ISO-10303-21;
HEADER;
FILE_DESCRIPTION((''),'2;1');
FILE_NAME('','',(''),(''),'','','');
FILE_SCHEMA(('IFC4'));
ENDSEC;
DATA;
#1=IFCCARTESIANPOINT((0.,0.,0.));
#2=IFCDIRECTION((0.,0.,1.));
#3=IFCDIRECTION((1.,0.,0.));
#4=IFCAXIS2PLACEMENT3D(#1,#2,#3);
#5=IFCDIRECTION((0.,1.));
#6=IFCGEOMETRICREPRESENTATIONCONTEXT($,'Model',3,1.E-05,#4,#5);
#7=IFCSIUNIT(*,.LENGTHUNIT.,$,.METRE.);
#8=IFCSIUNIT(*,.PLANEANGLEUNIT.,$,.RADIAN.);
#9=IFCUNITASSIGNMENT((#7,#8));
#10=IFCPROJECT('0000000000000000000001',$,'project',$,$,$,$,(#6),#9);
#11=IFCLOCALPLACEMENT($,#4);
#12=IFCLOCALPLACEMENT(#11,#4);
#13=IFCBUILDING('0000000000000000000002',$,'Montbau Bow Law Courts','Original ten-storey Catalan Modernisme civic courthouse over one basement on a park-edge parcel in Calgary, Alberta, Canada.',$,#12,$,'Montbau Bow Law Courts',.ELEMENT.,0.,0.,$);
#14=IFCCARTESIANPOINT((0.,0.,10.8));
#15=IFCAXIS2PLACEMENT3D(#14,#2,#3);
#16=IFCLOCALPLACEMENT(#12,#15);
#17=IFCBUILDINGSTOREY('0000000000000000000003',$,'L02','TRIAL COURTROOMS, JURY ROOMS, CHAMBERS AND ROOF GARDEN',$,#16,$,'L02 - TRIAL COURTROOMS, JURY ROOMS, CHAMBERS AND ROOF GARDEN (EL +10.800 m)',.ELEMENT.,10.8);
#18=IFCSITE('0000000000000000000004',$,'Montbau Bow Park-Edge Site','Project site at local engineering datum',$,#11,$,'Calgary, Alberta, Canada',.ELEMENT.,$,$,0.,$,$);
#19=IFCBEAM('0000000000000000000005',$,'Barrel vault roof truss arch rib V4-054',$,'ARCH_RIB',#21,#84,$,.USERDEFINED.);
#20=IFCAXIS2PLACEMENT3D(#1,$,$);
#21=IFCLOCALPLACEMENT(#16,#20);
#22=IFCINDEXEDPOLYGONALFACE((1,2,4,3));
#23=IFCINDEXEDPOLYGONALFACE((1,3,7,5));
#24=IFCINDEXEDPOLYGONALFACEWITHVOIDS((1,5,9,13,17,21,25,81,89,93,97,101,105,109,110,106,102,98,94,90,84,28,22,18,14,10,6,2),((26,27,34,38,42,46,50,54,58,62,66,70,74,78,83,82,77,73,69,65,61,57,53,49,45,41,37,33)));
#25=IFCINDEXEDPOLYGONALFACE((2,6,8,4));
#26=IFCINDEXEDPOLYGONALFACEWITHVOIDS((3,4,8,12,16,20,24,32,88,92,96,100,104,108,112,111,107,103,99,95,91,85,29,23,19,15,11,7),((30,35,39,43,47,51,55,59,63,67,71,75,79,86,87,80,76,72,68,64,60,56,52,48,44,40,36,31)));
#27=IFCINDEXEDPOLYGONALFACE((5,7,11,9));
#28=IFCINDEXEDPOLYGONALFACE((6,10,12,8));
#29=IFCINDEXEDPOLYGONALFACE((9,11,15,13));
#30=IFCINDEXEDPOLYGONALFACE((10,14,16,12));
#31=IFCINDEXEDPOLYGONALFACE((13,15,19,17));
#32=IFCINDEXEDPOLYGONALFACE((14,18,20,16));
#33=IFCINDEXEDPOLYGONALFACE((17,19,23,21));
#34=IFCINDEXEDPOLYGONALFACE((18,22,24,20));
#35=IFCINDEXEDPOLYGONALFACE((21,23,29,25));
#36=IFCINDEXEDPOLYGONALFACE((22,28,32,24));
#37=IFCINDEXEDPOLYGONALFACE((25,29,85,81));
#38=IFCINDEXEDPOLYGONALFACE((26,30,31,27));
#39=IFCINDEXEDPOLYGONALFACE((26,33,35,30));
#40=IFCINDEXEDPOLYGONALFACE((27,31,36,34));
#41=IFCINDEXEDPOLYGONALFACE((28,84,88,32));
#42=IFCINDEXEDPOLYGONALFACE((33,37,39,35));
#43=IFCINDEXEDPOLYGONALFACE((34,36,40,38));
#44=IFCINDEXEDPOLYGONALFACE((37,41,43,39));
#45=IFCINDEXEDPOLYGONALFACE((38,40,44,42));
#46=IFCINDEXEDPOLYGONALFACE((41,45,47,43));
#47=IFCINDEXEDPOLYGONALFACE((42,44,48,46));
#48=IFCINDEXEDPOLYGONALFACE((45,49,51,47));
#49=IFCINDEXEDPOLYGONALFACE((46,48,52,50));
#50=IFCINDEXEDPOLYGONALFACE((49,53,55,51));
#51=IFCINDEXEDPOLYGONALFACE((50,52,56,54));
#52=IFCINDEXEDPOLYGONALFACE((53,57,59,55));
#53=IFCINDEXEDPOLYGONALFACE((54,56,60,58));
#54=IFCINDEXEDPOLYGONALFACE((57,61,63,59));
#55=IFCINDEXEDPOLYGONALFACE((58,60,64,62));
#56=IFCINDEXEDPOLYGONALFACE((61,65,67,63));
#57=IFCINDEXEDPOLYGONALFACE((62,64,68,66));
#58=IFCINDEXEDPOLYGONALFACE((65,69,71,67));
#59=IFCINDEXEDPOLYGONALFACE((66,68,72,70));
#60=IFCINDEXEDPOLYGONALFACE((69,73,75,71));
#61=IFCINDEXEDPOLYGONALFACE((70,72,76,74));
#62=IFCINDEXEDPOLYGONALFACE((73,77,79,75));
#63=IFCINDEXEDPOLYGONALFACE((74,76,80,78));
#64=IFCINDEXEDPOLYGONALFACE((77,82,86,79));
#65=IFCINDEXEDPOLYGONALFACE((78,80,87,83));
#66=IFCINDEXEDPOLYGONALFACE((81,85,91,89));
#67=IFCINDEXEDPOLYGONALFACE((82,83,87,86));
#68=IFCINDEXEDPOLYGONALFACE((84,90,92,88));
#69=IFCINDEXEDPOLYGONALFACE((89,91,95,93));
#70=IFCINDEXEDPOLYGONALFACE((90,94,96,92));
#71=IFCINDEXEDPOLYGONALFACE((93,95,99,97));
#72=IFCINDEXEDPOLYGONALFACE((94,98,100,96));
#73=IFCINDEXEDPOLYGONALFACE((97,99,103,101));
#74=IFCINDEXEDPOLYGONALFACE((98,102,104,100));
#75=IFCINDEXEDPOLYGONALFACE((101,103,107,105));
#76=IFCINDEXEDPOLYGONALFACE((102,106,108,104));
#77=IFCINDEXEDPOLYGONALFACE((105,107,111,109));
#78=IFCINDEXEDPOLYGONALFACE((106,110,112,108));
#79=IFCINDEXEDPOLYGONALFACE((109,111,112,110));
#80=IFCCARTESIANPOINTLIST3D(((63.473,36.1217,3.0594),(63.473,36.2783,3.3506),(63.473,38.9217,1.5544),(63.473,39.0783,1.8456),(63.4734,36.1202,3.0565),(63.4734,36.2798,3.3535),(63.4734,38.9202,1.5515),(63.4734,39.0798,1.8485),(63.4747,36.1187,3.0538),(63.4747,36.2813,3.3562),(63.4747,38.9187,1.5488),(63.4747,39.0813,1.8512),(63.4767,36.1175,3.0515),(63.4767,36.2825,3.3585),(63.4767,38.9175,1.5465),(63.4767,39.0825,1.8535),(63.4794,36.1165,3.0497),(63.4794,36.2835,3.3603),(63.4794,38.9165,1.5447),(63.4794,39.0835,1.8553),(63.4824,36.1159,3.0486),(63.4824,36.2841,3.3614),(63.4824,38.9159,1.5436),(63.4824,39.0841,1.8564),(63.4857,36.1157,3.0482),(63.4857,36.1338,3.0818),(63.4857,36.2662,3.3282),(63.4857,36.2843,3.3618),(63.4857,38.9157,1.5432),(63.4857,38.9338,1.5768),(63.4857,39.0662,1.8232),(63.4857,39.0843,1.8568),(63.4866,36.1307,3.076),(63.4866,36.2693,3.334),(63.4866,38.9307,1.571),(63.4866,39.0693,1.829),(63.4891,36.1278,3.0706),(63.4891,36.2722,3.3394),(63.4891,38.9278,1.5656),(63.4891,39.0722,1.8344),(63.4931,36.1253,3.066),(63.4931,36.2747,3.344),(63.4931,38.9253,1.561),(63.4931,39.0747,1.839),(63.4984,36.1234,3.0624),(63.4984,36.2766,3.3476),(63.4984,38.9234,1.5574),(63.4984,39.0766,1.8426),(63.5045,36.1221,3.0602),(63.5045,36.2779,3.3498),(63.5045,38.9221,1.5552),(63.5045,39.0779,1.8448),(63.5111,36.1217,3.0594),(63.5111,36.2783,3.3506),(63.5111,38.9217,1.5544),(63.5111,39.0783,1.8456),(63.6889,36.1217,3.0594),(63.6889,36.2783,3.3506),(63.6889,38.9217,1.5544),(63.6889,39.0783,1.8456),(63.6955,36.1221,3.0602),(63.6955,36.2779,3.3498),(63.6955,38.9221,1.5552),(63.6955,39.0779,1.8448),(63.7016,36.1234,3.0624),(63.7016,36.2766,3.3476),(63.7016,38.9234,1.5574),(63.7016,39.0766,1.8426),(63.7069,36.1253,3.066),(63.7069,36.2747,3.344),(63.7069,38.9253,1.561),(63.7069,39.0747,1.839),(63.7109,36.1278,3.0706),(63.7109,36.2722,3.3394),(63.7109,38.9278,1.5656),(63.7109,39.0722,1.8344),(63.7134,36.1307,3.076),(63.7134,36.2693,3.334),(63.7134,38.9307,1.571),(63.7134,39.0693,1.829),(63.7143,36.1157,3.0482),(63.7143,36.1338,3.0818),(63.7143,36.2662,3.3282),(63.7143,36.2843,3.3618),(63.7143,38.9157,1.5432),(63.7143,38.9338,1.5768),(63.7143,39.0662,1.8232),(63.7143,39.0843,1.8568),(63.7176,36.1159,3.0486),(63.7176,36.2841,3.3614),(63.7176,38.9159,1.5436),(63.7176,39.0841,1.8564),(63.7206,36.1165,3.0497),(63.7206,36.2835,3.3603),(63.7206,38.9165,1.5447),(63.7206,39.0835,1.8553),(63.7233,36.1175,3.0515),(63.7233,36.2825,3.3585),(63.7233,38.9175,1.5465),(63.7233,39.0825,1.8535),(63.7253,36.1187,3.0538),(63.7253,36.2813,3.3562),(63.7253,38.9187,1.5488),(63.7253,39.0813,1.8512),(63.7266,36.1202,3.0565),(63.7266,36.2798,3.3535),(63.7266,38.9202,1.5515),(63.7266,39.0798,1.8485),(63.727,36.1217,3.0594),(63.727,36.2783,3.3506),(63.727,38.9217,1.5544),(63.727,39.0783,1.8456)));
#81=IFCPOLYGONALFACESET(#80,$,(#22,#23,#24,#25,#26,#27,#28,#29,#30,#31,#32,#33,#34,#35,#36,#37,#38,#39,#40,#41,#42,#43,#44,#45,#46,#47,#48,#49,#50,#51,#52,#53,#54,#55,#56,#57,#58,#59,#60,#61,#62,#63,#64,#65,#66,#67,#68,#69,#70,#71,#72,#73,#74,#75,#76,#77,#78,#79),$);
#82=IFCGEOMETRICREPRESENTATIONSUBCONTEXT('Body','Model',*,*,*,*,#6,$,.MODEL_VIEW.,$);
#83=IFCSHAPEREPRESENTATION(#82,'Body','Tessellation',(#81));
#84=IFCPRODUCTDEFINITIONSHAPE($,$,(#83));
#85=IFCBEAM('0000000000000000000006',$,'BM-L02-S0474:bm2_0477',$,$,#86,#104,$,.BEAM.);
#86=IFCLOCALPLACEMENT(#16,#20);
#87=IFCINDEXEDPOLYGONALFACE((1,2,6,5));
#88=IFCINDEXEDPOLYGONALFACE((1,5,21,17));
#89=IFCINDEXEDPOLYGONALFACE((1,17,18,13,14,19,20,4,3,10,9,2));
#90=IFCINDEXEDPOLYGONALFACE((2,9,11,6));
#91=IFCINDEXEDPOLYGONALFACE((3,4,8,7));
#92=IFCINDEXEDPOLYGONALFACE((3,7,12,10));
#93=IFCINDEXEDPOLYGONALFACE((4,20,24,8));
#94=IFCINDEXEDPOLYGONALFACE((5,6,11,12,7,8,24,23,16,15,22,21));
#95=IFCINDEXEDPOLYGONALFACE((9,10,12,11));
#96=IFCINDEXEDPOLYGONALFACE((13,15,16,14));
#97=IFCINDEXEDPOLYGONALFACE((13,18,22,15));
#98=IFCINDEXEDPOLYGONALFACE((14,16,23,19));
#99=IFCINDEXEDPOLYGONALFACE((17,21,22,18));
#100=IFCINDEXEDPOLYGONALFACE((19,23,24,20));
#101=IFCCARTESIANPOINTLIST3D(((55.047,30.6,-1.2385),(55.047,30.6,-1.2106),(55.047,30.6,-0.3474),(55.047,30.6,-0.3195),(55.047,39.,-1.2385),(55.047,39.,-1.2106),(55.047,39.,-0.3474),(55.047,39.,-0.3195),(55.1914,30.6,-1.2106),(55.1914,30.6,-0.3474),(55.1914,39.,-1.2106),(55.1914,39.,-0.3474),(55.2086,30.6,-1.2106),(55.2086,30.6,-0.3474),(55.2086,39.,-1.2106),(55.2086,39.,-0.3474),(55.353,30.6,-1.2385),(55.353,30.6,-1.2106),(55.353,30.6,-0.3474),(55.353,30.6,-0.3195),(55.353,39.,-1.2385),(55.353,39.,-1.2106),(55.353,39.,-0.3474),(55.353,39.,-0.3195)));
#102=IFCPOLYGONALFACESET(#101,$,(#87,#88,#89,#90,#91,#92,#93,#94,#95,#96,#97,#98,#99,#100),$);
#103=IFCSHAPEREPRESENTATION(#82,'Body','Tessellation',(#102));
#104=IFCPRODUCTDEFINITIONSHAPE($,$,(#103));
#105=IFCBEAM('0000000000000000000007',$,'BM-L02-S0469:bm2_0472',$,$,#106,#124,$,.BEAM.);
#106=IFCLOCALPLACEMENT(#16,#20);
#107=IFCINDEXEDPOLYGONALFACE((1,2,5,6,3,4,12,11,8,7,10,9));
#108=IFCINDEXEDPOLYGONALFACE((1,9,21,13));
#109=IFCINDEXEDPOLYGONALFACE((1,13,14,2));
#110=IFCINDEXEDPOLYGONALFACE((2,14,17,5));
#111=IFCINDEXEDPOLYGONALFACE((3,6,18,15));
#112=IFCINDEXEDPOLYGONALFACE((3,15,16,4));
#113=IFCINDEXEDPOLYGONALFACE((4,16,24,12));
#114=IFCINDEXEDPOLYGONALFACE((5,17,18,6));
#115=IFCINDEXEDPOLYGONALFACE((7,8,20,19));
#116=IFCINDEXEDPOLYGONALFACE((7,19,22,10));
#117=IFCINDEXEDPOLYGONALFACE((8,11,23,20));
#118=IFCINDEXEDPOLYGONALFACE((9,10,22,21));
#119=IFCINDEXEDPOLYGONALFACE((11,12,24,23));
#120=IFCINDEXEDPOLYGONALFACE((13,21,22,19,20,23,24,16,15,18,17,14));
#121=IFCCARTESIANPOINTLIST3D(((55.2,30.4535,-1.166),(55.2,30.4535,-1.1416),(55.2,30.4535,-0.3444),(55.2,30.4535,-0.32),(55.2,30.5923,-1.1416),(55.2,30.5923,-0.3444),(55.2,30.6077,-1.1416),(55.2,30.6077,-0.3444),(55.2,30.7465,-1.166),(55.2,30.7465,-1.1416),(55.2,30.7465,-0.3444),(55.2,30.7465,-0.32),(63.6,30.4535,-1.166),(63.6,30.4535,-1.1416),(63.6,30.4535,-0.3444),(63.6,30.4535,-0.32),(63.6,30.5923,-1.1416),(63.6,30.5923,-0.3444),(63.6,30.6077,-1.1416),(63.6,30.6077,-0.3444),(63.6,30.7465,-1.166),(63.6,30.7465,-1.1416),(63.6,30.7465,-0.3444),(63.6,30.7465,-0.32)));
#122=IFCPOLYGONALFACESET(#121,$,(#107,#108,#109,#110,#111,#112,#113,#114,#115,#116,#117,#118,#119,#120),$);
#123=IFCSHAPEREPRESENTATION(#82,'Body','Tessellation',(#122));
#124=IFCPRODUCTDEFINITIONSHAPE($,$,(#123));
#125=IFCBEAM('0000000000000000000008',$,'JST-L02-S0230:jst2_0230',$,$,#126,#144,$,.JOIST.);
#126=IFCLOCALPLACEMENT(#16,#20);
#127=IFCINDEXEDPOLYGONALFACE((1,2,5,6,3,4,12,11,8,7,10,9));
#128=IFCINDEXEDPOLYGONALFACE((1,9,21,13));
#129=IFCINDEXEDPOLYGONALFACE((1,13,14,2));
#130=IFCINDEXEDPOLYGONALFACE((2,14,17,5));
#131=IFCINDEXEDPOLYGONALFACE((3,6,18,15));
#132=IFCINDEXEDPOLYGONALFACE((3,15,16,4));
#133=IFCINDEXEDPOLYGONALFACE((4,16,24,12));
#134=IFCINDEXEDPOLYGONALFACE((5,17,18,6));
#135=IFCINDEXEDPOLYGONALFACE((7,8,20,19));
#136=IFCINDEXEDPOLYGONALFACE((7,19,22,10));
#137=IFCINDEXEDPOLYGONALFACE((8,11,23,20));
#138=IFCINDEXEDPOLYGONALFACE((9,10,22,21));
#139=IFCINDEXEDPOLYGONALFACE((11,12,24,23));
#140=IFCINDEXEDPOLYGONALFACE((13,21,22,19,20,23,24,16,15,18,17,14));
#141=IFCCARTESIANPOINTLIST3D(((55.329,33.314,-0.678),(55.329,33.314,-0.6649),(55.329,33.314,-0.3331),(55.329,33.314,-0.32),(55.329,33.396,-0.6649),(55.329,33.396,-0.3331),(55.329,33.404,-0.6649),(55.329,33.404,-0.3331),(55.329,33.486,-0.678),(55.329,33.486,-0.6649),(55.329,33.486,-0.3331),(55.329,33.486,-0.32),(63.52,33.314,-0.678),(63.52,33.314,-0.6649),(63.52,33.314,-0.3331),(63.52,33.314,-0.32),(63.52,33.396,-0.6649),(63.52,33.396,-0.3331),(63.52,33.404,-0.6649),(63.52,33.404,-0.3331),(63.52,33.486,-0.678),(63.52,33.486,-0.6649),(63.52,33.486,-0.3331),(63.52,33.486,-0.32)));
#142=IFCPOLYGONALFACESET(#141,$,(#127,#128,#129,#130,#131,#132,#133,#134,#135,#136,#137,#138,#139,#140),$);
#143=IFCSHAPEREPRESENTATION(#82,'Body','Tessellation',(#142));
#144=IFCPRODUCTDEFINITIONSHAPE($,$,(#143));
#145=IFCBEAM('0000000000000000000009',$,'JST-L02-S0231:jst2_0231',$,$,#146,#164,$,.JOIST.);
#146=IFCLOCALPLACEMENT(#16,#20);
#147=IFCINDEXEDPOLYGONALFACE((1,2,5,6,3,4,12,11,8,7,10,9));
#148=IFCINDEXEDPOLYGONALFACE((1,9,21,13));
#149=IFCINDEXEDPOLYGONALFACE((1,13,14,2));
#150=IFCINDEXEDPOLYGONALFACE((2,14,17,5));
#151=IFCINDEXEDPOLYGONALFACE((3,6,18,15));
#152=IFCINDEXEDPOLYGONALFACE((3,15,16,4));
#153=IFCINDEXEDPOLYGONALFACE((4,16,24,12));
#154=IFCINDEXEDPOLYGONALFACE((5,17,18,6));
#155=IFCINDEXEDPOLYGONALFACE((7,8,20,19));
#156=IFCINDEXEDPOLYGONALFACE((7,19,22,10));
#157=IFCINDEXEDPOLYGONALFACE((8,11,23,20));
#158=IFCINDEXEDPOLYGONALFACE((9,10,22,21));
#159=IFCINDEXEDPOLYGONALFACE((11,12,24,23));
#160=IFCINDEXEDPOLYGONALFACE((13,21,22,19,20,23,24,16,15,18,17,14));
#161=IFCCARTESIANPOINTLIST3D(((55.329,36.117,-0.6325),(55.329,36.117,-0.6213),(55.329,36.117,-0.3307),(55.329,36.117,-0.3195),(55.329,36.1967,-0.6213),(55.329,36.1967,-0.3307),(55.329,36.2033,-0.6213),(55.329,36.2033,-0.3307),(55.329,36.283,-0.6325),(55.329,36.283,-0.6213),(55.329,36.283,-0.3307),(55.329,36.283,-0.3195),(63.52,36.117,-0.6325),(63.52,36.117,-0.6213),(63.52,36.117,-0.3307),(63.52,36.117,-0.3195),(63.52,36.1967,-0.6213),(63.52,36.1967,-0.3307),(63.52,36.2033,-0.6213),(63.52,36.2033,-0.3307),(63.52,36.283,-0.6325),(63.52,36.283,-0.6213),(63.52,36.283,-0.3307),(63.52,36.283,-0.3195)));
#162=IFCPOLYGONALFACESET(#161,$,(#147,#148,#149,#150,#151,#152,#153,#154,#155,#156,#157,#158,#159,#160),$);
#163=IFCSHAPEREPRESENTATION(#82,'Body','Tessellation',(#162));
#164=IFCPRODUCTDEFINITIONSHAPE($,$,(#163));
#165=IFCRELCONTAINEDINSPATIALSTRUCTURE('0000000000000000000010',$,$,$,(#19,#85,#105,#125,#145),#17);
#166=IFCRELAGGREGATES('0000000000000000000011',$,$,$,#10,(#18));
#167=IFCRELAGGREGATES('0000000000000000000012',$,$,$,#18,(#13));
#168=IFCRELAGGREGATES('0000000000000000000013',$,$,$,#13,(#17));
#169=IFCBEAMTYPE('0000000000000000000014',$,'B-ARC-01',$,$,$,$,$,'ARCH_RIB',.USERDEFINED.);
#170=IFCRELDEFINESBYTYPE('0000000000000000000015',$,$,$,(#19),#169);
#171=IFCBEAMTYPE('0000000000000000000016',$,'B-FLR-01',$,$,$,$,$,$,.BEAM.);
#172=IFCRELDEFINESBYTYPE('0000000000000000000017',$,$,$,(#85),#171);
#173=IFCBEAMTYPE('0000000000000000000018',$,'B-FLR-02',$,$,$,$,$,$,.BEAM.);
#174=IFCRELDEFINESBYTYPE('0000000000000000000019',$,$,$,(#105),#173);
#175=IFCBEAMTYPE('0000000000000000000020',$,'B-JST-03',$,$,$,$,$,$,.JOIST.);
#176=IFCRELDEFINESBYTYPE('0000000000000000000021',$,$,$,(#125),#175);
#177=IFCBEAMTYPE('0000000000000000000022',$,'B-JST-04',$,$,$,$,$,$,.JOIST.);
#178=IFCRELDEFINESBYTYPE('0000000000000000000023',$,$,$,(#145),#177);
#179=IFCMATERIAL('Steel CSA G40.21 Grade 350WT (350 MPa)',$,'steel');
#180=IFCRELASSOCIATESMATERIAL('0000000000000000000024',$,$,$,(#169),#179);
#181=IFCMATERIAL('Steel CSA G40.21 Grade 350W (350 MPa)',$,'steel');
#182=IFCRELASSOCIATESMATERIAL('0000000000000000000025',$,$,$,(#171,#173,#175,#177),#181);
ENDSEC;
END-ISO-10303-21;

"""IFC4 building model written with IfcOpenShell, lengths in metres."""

from ifc_helpers import new_model, si_unit, direction, frame, origin_with_axes, origin_2d_with_axis, place, context, subcontext, project, spatial, hollow_rectangle, i_section, extrude, material, material_profile, profile_set, type_object, element, save


model = new_model("IFC4")

# Units and contexts
model_context = context("Model", 3, precision=1e-05, world=origin_with_axes(), true_north=direction((0.0, 1.0)))
body_context = subcontext(model_context, "Body", "Model", "MODEL_VIEW")
ifc_project = project(units=[si_unit("LENGTHUNIT", "METRE"), si_unit("PLANEANGLEUNIT", "RADIAN")], contexts=[model_context])

# Site, building, storey
site_placement = place(None, origin_with_axes())
site = spatial("IfcSite", under=ifc_project, at=site_placement, Name="Montbau Bow Park-Edge Site", Description="Project site at local engineering datum", LongName="Calgary, Alberta, Canada", CompositionType="ELEMENT", RefElevation=0.0)
building_placement = place(site_placement, origin_with_axes())
building = spatial("IfcBuilding", under=site, at=building_placement, Name="Montbau Bow Law Courts", Description="Original ten-storey Catalan Modernisme civic courthouse over one basement on a park-edge parcel in Calgary, Alberta, Canada.", LongName="Montbau Bow Law Courts", CompositionType="ELEMENT", ElevationOfRefHeight=0.0, ElevationOfTerrain=0.0)
storey_placement = place(building_placement, frame((0.0, 0.0, 10.8), z_axis=(0.0, 0.0, 1.0), x_axis=(1.0, 0.0, 0.0)))
storey = spatial("IfcBuildingStorey", under=building, at=storey_placement, Name="L02", Description="TRIAL COURTROOMS, JURY ROOMS, CHAMBERS AND ROOF GARDEN", LongName="L02 - TRIAL COURTROOMS, JURY ROOMS, CHAMBERS AND ROOF GARDEN (EL +10.800 m)", CompositionType="ELEMENT", Elevation=10.8)

# Beams
ifc_material_1 = material(Name="Steel CSA G40.21 Grade 350WT (350 MPa)", Category="steel")
ifc_material_profile_1 = material_profile(ifc_material_1, hollow_rectangle(XDim=0.254, YDim=0.356, WallThickness=0.0127, InnerFilletRadius=0.0254, OuterFilletRadius=0.0127, at=origin_2d_with_axis()), Name="HSS356X254X13", Category="Main", Priority=0)
ifc_profile_set_1 = profile_set([ifc_material_profile_1], Name="Steel CSA G40.21 Grade 350WT (350 MPa)")
beam_type_1 = type_object("IfcBeamType", Name="B-ARC-01", ElementType="ARCH_RIB", PredefinedType="USERDEFINED", material=ifc_profile_set_1)
beam_1_placement = place(None, frame((63.6, 36.2, 14.005), z_axis=(0.0, 0.880824, -0.473443), x_axis=(-1.0, 0.0, 0.0)))
element("IfcBeam", 1, at=beam_1_placement, inside=storey, type_object=beam_type_1, Name="Barrel vault roof truss arch rib V4-054", ObjectType="ARCH_RIB", PredefinedType="USERDEFINED", context=body_context, shape_type="SweptSolid", body=[
    extrude(hollow_rectangle(XDim=0.254, YDim=0.356, WallThickness=0.0127, InnerFilletRadius=0.0254, OuterFilletRadius=0.0127, at=origin_2d_with_axis()), origin_with_axes(), (0.0, 0.0, 1.0), 3.1788),
])
ifc_material_2 = material(Name="Steel CSA G40.21 Grade 350W (350 MPa)", Category="steel")
ifc_material_profile_2 = material_profile(ifc_material_2, i_section(OverallWidth=0.306, OverallDepth=0.919, WebThickness=0.0173, FlangeThickness=0.0279, at=origin_2d_with_axis()), Name="W920X253", Category="Main", Priority=0)
ifc_profile_set_2 = profile_set([ifc_material_profile_2], Name="Steel CSA G40.21 Grade 350W (350 MPa)")
beam_type_2 = type_object("IfcBeamType", Name="B-FLR-01", PredefinedType="BEAM", material=ifc_profile_set_2)
beam_2_placement = place(None, frame((55.2, 30.6, 10.021), z_axis=(0.0, 1.0, 0.0), x_axis=(-1.0, 0.0, 0.0)))
element("IfcBeam", 2, at=beam_2_placement, inside=storey, type_object=beam_type_2, Name="BM-L02-S0474:bm2_0477", PredefinedType="BEAM", context=body_context, shape_type="SweptSolid", body=[
    extrude(i_section(OverallWidth=0.306, OverallDepth=0.919, WebThickness=0.0173, FlangeThickness=0.0279, at=origin_2d_with_axis()), origin_with_axes(), (0.0, 0.0, 1.0), 8.4),
])
ifc_material_profile_3 = material_profile(ifc_material_2, i_section(OverallWidth=0.293, OverallDepth=0.846, WebThickness=0.0154, FlangeThickness=0.0244, at=origin_2d_with_axis()), Name="W840X210", Category="Main", Priority=0)
ifc_profile_set_3 = profile_set([ifc_material_profile_3], Name="Steel CSA G40.21 Grade 350W (350 MPa)")
beam_type_3 = type_object("IfcBeamType", Name="B-FLR-02", PredefinedType="BEAM", material=ifc_profile_set_3)
beam_3_placement = place(None, frame((55.2, 30.6, 10.057), z_axis=(1.0, 0.0, 0.0), x_axis=(0.0, 1.0, 0.0)))
element("IfcBeam", 3, at=beam_3_placement, inside=storey, type_object=beam_type_3, Name="BM-L02-S0469:bm2_0472", PredefinedType="BEAM", context=body_context, shape_type="SweptSolid", body=[
    extrude(i_section(OverallWidth=0.293, OverallDepth=0.846, WebThickness=0.0154, FlangeThickness=0.0244, at=origin_2d_with_axis()), origin_with_axes(), (0.0, 0.0, 1.0), 8.4),
])
ifc_material_profile_4 = material_profile(ifc_material_2, i_section(OverallWidth=0.172, OverallDepth=0.358, WebThickness=0.0079, FlangeThickness=0.0131, at=origin_2d_with_axis()), Name="W360X57", Category="Main", Priority=0)
ifc_profile_set_4 = profile_set([ifc_material_profile_4], Name="Steel CSA G40.21 Grade 350W (350 MPa)")
beam_type_4 = type_object("IfcBeamType", Name="B-JST-03", PredefinedType="JOIST", material=ifc_profile_set_4)
beam_4_placement = place(None, frame((55.329, 33.4, 10.301), z_axis=(1.0, 0.0, 0.0), x_axis=(0.0, 1.0, 0.0)))
element("IfcBeam", 4, at=beam_4_placement, inside=storey, type_object=beam_type_4, Name="JST-L02-S0230:jst2_0230", PredefinedType="JOIST", context=body_context, shape_type="SweptSolid", body=[
    extrude(i_section(OverallWidth=0.172, OverallDepth=0.358, WebThickness=0.0079, FlangeThickness=0.0131, at=origin_2d_with_axis()), origin_with_axes(), (0.0, 0.0, 1.0), 8.191),
])
ifc_material_profile_5 = material_profile(ifc_material_2, i_section(OverallWidth=0.166, OverallDepth=0.313, WebThickness=0.0066, FlangeThickness=0.0112, at=origin_2d_with_axis()), Name="W310X45", Category="Main", Priority=0)
ifc_profile_set_5 = profile_set([ifc_material_profile_5], Name="Steel CSA G40.21 Grade 350W (350 MPa)")
beam_type_5 = type_object("IfcBeamType", Name="B-JST-04", PredefinedType="JOIST", material=ifc_profile_set_5)
beam_5_placement = place(None, frame((55.329, 36.2, 10.324), z_axis=(1.0, 0.0, 0.0), x_axis=(0.0, 1.0, 0.0)))
element("IfcBeam", 5, at=beam_5_placement, inside=storey, type_object=beam_type_5, Name="JST-L02-S0231:jst2_0231", PredefinedType="JOIST", context=body_context, shape_type="SweptSolid", body=[
    extrude(i_section(OverallWidth=0.166, OverallDepth=0.313, WebThickness=0.0066, FlangeThickness=0.0112, at=origin_2d_with_axis()), origin_with_axes(), (0.0, 0.0, 1.0), 8.191),
])

save(model, "model.ifc")
